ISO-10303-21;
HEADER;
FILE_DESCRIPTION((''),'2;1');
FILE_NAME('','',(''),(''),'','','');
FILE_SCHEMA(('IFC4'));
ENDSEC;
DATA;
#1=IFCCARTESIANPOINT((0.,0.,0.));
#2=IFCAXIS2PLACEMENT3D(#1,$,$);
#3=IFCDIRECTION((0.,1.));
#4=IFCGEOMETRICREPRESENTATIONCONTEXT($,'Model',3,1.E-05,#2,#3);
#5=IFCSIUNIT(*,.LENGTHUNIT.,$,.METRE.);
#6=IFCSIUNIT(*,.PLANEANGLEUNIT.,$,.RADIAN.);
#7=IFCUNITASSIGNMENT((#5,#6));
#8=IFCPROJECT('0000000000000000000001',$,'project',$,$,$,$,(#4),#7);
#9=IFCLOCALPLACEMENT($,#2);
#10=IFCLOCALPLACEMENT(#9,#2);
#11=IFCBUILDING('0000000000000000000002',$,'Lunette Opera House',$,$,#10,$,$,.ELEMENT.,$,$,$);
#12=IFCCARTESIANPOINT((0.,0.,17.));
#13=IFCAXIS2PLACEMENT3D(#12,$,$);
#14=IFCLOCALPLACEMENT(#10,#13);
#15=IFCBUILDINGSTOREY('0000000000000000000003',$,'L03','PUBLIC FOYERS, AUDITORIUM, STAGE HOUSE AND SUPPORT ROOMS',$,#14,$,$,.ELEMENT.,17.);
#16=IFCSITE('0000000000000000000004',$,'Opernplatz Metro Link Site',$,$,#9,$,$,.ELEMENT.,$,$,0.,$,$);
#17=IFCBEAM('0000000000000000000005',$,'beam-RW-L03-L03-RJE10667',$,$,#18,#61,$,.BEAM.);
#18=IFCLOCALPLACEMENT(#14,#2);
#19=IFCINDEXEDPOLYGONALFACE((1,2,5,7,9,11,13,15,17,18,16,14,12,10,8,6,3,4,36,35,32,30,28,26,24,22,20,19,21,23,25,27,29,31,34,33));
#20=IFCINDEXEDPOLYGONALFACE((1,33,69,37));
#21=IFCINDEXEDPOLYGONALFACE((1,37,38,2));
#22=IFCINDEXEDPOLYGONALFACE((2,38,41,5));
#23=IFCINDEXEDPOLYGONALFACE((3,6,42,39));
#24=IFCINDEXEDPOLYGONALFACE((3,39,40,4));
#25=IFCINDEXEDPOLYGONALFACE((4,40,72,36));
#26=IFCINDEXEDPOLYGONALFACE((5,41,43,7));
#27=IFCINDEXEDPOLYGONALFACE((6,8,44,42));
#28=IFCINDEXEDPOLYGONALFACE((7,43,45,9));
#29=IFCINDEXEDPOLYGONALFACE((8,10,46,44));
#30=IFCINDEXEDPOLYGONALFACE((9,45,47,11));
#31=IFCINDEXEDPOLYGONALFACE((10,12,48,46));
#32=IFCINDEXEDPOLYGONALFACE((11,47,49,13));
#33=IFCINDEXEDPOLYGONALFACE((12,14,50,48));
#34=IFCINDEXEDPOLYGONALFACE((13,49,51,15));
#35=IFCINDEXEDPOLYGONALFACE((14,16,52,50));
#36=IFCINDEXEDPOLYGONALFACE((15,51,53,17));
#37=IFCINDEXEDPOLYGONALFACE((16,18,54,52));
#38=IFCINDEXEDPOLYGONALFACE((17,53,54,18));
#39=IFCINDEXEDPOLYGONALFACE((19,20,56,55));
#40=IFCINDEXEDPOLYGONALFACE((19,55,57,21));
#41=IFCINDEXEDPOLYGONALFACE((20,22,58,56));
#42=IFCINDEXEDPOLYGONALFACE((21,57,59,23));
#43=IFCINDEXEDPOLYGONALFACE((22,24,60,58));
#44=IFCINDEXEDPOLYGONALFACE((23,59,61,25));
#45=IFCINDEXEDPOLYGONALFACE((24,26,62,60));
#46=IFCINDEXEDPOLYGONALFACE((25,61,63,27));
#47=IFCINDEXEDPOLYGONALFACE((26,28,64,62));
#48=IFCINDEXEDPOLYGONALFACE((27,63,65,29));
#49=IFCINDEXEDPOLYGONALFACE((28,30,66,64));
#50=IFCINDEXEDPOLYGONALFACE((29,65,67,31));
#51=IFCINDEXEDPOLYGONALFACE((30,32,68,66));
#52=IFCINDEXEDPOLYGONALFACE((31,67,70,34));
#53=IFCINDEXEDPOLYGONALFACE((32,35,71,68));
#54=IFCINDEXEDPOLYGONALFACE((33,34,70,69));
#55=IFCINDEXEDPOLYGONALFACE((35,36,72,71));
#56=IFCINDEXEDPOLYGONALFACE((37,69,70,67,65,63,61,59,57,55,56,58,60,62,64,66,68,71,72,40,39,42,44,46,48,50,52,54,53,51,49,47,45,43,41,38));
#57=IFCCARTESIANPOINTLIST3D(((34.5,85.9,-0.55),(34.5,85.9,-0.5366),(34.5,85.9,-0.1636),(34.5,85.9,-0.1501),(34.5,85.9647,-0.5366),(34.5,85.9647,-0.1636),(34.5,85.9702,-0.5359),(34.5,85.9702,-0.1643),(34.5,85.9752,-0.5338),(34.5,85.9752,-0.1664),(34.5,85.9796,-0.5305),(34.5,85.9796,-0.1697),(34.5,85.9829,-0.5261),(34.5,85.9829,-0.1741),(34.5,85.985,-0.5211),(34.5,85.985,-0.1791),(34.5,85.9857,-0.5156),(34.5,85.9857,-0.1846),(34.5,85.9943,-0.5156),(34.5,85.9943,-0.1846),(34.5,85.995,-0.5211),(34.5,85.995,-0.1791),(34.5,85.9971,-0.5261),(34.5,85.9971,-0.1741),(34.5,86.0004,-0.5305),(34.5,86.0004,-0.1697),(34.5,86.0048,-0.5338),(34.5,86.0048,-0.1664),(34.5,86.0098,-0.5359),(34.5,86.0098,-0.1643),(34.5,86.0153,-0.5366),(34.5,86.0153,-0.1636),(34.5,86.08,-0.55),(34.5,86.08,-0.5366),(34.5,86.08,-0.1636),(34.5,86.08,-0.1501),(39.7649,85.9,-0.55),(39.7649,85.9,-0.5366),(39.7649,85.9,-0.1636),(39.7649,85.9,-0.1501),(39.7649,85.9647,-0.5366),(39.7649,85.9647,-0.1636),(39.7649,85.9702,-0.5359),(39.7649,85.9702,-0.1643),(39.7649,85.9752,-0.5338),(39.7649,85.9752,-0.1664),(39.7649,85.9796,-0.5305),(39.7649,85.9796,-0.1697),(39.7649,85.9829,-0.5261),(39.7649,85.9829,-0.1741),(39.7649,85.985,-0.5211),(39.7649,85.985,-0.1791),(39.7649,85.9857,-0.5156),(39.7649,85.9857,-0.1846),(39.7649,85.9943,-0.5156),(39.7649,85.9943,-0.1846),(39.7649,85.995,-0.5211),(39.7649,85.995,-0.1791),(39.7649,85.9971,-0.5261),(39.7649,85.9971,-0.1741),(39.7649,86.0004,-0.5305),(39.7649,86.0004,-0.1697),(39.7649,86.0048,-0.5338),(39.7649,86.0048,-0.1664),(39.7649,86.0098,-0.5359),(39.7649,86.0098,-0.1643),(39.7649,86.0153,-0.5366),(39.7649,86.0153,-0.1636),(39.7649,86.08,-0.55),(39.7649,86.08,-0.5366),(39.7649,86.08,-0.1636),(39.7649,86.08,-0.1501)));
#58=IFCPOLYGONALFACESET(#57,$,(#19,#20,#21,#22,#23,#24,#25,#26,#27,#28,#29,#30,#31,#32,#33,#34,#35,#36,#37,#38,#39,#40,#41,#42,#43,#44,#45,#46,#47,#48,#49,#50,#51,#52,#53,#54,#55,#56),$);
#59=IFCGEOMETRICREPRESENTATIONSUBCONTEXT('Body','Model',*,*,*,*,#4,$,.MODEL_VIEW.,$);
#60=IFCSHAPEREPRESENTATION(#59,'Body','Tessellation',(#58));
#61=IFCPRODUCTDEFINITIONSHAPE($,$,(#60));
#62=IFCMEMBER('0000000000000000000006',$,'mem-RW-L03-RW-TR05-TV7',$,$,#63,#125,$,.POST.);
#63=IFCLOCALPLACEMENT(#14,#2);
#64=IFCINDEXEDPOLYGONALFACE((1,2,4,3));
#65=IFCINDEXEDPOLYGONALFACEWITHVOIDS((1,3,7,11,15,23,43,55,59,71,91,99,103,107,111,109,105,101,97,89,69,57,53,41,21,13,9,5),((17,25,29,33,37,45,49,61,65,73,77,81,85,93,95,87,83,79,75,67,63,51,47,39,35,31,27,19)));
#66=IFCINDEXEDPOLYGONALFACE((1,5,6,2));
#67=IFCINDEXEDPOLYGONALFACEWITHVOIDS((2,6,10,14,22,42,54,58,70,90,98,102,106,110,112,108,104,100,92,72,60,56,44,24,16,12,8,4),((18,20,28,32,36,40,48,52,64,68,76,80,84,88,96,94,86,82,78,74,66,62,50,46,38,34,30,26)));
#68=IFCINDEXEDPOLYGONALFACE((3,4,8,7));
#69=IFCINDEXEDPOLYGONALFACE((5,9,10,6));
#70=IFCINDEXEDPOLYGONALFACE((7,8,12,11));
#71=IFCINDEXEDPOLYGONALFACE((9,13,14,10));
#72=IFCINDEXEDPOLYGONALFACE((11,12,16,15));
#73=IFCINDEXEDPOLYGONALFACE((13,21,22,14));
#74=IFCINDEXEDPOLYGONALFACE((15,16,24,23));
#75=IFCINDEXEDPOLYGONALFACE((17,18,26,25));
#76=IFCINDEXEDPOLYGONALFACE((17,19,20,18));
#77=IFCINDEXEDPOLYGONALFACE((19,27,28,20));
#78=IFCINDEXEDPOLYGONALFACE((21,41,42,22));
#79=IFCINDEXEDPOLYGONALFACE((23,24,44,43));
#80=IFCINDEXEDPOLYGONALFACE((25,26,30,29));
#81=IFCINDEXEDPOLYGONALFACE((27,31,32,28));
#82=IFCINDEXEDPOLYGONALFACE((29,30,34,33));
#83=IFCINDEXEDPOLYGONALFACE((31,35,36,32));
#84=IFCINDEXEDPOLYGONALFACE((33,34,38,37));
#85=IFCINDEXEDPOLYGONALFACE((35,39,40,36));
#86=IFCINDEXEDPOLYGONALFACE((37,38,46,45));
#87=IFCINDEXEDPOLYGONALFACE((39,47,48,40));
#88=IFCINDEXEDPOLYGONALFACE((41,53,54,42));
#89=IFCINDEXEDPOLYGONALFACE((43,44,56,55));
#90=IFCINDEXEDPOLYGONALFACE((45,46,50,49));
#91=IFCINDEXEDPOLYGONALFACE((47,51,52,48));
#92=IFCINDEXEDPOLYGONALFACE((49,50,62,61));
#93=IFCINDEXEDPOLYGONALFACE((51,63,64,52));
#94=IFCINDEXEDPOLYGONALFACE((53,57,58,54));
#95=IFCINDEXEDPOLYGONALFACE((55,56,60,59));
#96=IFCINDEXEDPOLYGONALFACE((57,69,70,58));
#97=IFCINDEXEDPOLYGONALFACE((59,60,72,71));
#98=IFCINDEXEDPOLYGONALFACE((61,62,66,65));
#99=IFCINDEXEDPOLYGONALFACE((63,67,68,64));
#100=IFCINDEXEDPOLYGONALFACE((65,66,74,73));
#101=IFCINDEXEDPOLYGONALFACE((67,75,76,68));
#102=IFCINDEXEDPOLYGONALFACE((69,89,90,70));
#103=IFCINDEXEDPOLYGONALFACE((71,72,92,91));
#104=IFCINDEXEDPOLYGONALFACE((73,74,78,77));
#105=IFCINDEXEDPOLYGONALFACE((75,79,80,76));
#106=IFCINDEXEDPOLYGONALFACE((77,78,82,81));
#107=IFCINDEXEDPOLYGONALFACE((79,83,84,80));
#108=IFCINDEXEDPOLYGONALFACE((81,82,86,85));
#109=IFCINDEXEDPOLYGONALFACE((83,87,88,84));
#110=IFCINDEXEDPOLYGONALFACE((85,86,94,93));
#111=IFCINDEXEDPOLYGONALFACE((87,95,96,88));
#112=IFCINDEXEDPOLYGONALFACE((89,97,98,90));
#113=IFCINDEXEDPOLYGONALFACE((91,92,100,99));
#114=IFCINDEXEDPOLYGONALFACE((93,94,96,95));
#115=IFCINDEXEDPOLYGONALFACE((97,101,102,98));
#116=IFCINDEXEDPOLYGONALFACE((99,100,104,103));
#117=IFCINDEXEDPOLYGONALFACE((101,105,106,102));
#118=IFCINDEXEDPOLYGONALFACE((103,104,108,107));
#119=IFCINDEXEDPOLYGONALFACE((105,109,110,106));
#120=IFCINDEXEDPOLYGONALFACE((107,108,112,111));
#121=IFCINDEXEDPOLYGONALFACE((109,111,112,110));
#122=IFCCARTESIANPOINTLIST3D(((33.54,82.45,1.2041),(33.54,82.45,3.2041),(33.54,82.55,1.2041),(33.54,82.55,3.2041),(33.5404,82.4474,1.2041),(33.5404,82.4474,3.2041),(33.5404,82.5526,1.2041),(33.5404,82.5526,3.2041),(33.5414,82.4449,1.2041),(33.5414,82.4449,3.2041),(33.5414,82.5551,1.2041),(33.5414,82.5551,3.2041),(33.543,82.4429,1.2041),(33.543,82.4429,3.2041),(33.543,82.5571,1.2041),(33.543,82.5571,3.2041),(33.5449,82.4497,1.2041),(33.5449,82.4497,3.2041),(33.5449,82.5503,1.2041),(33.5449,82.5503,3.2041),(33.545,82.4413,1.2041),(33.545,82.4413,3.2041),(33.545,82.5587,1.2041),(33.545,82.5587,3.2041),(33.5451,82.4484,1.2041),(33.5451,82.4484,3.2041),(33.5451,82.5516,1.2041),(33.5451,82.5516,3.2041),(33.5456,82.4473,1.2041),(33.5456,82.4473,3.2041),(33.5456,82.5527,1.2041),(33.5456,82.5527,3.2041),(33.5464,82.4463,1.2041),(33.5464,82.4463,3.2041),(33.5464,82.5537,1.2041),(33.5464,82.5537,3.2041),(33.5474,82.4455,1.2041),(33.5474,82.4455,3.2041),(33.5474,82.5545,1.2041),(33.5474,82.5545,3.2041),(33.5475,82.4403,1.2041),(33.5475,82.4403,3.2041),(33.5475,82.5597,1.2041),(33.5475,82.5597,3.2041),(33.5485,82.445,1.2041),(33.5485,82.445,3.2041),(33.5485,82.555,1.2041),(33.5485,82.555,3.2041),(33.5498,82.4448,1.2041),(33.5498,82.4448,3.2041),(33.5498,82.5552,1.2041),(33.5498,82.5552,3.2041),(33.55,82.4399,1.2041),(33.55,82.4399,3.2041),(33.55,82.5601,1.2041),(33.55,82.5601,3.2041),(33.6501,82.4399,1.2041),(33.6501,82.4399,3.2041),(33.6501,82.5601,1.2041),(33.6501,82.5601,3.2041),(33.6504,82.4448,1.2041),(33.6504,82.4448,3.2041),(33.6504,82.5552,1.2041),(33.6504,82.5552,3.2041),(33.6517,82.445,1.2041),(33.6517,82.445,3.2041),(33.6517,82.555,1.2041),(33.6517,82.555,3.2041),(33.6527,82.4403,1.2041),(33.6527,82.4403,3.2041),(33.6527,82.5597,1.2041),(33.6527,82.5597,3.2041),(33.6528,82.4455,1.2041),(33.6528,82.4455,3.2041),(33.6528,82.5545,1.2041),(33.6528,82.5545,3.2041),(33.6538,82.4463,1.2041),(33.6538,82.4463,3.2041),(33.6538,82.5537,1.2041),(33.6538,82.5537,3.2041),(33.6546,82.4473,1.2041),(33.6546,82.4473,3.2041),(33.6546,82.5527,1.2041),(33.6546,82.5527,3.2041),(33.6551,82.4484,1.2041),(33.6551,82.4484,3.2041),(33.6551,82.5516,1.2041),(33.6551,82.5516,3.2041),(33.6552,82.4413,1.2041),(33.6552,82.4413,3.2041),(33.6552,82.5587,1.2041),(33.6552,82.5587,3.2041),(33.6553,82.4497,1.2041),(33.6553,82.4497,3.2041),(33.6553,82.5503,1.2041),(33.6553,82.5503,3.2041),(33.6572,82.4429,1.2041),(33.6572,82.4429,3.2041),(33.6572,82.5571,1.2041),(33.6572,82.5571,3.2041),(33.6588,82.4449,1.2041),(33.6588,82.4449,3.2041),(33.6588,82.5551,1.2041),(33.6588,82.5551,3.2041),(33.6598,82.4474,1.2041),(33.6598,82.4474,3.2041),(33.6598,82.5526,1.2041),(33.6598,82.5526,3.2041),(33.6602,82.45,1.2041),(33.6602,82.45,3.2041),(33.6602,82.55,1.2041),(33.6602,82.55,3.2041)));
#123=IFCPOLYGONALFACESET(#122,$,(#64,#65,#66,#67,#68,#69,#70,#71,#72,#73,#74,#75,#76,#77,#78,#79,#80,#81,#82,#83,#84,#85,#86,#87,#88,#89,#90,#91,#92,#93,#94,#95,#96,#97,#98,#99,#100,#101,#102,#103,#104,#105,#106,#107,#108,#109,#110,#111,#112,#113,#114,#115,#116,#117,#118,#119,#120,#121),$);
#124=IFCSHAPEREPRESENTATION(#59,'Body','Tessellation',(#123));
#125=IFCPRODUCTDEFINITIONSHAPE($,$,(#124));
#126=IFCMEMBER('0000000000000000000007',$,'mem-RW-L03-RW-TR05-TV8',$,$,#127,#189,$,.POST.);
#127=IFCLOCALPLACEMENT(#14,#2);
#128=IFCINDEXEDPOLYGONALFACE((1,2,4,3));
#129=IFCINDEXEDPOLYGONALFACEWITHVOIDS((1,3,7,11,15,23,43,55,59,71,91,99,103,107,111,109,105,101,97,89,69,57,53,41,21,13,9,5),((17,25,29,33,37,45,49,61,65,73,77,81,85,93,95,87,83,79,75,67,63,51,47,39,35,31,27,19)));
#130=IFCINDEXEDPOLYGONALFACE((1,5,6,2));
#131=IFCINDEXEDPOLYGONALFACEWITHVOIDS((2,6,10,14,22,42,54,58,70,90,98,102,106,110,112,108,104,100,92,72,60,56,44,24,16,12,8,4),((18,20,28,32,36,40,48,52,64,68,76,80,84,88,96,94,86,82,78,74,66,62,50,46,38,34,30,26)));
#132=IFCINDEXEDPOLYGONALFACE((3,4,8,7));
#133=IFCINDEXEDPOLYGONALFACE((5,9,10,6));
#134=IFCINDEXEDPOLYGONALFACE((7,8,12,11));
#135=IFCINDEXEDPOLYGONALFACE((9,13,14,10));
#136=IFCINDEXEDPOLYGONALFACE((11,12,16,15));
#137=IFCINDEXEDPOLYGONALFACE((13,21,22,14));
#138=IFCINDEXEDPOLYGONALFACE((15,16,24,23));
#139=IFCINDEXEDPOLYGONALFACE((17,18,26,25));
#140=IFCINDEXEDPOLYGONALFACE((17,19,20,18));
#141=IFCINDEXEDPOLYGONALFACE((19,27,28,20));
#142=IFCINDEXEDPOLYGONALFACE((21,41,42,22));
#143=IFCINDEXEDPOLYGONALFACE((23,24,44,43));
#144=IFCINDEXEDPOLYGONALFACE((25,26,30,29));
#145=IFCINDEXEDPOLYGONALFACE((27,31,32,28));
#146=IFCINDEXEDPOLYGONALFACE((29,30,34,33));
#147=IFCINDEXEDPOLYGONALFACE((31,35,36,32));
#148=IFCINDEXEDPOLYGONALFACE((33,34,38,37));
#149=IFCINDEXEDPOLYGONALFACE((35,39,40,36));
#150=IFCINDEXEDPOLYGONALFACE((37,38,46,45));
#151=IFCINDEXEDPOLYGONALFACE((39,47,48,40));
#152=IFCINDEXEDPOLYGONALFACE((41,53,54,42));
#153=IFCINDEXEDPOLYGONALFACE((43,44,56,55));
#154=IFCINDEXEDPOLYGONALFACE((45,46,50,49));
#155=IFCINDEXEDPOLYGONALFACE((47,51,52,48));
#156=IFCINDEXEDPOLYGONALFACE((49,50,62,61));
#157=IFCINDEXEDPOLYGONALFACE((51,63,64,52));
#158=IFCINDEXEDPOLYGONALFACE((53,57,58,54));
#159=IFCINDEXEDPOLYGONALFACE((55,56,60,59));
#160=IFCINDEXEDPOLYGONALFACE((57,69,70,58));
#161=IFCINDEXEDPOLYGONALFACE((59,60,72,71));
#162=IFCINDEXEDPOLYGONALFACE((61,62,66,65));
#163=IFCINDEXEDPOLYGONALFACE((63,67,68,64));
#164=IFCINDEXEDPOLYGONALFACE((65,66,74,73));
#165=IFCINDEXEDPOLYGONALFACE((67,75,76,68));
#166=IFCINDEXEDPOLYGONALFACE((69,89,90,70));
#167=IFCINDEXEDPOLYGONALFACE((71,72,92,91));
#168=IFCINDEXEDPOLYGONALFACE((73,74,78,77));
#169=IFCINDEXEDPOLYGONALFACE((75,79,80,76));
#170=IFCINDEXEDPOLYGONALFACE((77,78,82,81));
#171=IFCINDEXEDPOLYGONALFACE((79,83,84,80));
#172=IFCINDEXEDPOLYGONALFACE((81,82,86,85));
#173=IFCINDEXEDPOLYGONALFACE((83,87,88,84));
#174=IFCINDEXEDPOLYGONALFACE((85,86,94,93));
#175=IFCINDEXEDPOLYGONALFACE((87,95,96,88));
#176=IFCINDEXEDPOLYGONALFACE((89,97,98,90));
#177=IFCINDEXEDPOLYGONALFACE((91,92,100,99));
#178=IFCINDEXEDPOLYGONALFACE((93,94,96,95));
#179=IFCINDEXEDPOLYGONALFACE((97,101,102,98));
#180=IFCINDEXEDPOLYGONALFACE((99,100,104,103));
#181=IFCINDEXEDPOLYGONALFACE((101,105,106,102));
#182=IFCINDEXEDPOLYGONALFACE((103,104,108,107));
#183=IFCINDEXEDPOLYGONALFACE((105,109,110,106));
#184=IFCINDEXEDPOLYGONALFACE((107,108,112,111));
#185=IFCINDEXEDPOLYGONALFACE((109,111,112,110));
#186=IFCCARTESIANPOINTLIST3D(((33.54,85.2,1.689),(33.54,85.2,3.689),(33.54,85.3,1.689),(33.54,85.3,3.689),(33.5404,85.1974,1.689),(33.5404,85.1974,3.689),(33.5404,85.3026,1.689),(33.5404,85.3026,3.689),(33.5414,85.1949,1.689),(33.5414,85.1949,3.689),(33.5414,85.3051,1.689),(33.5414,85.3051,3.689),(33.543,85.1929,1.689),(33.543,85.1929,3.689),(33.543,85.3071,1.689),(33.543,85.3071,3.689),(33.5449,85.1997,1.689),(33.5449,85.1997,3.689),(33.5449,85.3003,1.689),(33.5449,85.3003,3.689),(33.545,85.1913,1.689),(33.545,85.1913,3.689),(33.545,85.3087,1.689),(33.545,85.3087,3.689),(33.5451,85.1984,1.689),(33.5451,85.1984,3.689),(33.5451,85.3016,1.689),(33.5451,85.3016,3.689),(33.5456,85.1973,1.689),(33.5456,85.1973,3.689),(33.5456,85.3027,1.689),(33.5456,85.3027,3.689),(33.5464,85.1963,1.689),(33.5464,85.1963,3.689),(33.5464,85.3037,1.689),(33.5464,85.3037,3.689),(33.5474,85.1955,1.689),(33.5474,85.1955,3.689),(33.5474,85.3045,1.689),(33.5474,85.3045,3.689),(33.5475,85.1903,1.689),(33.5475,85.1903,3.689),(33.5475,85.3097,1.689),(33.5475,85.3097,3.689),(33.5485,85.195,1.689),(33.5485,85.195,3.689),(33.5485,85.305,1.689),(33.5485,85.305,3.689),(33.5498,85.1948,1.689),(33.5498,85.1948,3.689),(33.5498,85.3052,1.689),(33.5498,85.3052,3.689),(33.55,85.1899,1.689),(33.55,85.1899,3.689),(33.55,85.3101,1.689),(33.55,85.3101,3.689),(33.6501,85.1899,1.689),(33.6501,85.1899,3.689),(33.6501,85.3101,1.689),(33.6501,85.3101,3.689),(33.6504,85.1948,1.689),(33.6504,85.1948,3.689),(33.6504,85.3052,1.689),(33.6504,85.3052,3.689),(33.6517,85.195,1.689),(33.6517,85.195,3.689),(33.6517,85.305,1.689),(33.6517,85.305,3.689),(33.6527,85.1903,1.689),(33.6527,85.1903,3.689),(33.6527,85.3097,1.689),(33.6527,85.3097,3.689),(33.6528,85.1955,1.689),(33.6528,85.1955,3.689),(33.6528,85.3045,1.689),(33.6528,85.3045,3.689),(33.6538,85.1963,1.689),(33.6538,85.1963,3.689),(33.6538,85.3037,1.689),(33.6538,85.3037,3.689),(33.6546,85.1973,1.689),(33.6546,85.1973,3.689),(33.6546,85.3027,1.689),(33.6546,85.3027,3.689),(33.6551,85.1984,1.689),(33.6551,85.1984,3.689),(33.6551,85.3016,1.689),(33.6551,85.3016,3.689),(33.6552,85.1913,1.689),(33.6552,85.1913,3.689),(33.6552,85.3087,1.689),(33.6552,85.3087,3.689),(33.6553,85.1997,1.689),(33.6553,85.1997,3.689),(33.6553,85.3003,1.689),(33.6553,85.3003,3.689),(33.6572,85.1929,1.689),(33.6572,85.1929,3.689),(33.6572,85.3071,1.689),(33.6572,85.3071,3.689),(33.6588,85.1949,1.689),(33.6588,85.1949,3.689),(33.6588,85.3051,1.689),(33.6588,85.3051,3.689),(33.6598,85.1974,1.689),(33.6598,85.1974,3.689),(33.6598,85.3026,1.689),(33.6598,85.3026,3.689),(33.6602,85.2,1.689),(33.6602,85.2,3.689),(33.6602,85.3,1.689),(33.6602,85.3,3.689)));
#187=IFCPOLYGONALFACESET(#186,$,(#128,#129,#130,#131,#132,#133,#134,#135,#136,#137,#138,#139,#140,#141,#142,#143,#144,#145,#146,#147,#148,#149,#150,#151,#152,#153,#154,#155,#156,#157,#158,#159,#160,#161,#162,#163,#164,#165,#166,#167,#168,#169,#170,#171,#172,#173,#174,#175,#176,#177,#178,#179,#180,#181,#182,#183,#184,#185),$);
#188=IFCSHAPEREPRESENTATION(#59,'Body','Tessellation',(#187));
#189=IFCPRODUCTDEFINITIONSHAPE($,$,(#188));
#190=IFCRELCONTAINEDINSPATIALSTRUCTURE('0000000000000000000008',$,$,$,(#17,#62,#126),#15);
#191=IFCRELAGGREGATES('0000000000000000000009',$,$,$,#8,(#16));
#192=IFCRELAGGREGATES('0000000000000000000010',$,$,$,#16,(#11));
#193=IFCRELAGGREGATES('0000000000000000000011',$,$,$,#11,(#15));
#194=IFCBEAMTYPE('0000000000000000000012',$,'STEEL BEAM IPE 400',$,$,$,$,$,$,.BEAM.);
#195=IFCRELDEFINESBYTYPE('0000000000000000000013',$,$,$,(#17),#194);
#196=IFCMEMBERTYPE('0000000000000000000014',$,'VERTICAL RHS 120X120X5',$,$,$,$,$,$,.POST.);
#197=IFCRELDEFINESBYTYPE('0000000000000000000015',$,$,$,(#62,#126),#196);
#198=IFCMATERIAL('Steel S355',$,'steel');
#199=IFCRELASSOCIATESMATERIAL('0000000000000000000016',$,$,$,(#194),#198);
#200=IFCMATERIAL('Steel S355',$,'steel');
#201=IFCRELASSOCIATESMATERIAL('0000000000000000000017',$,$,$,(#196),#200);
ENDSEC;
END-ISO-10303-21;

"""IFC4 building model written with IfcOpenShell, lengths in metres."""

from ifc_helpers import new_model, si_unit, direction, frame, origin, origin_2d, place, context, subcontext, project, spatial, hollow_rectangle, i_section, extrude, material, material_profile, profile_set, type_object, element, save


model = new_model("IFC4")

# Units and contexts
model_context = context("Model", 3, precision=1e-05, world=origin(), true_north=direction((0.0, 1.0)))
body_context = subcontext(model_context, "Body", "Model", "MODEL_VIEW")
ifc_project = project(units=[si_unit("LENGTHUNIT", "METRE"), si_unit("PLANEANGLEUNIT", "RADIAN")], contexts=[model_context])

# Site, building, storey
site_placement = place(None, origin())
site = spatial("IfcSite", under=ifc_project, at=site_placement, Name="Opernplatz Metro Link Site", CompositionType="ELEMENT", RefElevation=0.0)
building_placement = place(site_placement, origin())
building = spatial("IfcBuilding", under=site, at=building_placement, Name="Lunette Opera House", CompositionType="ELEMENT")
storey_placement = place(building_placement, frame((0.0, 0.0, 17.0)))
storey = spatial("IfcBuildingStorey", under=building, at=storey_placement, Name="L03", Description="PUBLIC FOYERS, AUDITORIUM, STAGE HOUSE AND SUPPORT ROOMS", CompositionType="ELEMENT", Elevation=17.0)

# Beam
ifc_material_1 = material(Name="Steel S355", Category="steel")
ifc_material_profile_1 = material_profile(ifc_material_1, i_section(OverallWidth=0.1799, OverallDepth=0.3999, WebThickness=0.0085, FlangeThickness=0.0134, FilletRadius=0.021, at=origin_2d()), Name="IPE 400")
ifc_profile_set_1 = profile_set([ifc_material_profile_1], Name="Steel S355")
beam_type_1 = type_object("IfcBeamType", Name="STEEL BEAM IPE 400", PredefinedType="BEAM", material=ifc_profile_set_1)
for number, where, z_axis, x_axis, name in (
    (1, (34.5, 85.99, -0.3501), (1.0, 0.0, 0.0), (0.0, 1.0, 0.0), "beam-RW-L03-L03-RJE10667"),
):
    element("IfcBeam", number, at=place(storey_placement, frame(where, z_axis=z_axis, x_axis=x_axis)), inside=storey, type_object=beam_type_1, Name=name, PredefinedType="BEAM", context=body_context, shape_type="SweptSolid", body=[
        extrude(i_section(OverallWidth=0.1799, OverallDepth=0.3999, WebThickness=0.0085, FlangeThickness=0.0134, FilletRadius=0.021, at=origin_2d()), origin(), (0.0, 0.0, 1.0), 5.2649),
    ])

# Members
ifc_material_2 = material(Name="Steel S355", Category="steel")
ifc_material_profile_2 = material_profile(ifc_material_2, hollow_rectangle(XDim=0.1201, YDim=0.1201, WallThickness=0.0049, InnerFilletRadius=0.0049, OuterFilletRadius=0.01, at=origin_2d()), Name="RHS 120X120X5")
ifc_profile_set_2 = profile_set([ifc_material_profile_2], Name="Steel S355")
member_type_1 = type_object("IfcMemberType", Name="VERTICAL RHS 120X120X5", PredefinedType="POST", material=ifc_profile_set_2)
for number, where, z_axis, x_axis, name in (
    (2, (33.6001, 82.5, 1.2041), (0.0, 0.0, 1.0), (1.0, 0.0, 0.0), "mem-RW-L03-RW-TR05-TV7"),
    (3, (33.6001, 85.25, 1.689), (0.0, 0.0, 1.0), (1.0, 0.0, 0.0), "mem-RW-L03-RW-TR05-TV8"),
):
    element("IfcMember", number, at=place(storey_placement, frame(where, z_axis=z_axis, x_axis=x_axis)), inside=storey, type_object=member_type_1, Name=name, PredefinedType="POST", context=body_context, shape_type="SweptSolid", body=[
        extrude(hollow_rectangle(XDim=0.1201, YDim=0.1201, WallThickness=0.0049, InnerFilletRadius=0.0049, OuterFilletRadius=0.01, at=origin_2d()), origin(), (0.0, 0.0, 1.0), 2.0),
    ])

save(model, "model.ifc")
